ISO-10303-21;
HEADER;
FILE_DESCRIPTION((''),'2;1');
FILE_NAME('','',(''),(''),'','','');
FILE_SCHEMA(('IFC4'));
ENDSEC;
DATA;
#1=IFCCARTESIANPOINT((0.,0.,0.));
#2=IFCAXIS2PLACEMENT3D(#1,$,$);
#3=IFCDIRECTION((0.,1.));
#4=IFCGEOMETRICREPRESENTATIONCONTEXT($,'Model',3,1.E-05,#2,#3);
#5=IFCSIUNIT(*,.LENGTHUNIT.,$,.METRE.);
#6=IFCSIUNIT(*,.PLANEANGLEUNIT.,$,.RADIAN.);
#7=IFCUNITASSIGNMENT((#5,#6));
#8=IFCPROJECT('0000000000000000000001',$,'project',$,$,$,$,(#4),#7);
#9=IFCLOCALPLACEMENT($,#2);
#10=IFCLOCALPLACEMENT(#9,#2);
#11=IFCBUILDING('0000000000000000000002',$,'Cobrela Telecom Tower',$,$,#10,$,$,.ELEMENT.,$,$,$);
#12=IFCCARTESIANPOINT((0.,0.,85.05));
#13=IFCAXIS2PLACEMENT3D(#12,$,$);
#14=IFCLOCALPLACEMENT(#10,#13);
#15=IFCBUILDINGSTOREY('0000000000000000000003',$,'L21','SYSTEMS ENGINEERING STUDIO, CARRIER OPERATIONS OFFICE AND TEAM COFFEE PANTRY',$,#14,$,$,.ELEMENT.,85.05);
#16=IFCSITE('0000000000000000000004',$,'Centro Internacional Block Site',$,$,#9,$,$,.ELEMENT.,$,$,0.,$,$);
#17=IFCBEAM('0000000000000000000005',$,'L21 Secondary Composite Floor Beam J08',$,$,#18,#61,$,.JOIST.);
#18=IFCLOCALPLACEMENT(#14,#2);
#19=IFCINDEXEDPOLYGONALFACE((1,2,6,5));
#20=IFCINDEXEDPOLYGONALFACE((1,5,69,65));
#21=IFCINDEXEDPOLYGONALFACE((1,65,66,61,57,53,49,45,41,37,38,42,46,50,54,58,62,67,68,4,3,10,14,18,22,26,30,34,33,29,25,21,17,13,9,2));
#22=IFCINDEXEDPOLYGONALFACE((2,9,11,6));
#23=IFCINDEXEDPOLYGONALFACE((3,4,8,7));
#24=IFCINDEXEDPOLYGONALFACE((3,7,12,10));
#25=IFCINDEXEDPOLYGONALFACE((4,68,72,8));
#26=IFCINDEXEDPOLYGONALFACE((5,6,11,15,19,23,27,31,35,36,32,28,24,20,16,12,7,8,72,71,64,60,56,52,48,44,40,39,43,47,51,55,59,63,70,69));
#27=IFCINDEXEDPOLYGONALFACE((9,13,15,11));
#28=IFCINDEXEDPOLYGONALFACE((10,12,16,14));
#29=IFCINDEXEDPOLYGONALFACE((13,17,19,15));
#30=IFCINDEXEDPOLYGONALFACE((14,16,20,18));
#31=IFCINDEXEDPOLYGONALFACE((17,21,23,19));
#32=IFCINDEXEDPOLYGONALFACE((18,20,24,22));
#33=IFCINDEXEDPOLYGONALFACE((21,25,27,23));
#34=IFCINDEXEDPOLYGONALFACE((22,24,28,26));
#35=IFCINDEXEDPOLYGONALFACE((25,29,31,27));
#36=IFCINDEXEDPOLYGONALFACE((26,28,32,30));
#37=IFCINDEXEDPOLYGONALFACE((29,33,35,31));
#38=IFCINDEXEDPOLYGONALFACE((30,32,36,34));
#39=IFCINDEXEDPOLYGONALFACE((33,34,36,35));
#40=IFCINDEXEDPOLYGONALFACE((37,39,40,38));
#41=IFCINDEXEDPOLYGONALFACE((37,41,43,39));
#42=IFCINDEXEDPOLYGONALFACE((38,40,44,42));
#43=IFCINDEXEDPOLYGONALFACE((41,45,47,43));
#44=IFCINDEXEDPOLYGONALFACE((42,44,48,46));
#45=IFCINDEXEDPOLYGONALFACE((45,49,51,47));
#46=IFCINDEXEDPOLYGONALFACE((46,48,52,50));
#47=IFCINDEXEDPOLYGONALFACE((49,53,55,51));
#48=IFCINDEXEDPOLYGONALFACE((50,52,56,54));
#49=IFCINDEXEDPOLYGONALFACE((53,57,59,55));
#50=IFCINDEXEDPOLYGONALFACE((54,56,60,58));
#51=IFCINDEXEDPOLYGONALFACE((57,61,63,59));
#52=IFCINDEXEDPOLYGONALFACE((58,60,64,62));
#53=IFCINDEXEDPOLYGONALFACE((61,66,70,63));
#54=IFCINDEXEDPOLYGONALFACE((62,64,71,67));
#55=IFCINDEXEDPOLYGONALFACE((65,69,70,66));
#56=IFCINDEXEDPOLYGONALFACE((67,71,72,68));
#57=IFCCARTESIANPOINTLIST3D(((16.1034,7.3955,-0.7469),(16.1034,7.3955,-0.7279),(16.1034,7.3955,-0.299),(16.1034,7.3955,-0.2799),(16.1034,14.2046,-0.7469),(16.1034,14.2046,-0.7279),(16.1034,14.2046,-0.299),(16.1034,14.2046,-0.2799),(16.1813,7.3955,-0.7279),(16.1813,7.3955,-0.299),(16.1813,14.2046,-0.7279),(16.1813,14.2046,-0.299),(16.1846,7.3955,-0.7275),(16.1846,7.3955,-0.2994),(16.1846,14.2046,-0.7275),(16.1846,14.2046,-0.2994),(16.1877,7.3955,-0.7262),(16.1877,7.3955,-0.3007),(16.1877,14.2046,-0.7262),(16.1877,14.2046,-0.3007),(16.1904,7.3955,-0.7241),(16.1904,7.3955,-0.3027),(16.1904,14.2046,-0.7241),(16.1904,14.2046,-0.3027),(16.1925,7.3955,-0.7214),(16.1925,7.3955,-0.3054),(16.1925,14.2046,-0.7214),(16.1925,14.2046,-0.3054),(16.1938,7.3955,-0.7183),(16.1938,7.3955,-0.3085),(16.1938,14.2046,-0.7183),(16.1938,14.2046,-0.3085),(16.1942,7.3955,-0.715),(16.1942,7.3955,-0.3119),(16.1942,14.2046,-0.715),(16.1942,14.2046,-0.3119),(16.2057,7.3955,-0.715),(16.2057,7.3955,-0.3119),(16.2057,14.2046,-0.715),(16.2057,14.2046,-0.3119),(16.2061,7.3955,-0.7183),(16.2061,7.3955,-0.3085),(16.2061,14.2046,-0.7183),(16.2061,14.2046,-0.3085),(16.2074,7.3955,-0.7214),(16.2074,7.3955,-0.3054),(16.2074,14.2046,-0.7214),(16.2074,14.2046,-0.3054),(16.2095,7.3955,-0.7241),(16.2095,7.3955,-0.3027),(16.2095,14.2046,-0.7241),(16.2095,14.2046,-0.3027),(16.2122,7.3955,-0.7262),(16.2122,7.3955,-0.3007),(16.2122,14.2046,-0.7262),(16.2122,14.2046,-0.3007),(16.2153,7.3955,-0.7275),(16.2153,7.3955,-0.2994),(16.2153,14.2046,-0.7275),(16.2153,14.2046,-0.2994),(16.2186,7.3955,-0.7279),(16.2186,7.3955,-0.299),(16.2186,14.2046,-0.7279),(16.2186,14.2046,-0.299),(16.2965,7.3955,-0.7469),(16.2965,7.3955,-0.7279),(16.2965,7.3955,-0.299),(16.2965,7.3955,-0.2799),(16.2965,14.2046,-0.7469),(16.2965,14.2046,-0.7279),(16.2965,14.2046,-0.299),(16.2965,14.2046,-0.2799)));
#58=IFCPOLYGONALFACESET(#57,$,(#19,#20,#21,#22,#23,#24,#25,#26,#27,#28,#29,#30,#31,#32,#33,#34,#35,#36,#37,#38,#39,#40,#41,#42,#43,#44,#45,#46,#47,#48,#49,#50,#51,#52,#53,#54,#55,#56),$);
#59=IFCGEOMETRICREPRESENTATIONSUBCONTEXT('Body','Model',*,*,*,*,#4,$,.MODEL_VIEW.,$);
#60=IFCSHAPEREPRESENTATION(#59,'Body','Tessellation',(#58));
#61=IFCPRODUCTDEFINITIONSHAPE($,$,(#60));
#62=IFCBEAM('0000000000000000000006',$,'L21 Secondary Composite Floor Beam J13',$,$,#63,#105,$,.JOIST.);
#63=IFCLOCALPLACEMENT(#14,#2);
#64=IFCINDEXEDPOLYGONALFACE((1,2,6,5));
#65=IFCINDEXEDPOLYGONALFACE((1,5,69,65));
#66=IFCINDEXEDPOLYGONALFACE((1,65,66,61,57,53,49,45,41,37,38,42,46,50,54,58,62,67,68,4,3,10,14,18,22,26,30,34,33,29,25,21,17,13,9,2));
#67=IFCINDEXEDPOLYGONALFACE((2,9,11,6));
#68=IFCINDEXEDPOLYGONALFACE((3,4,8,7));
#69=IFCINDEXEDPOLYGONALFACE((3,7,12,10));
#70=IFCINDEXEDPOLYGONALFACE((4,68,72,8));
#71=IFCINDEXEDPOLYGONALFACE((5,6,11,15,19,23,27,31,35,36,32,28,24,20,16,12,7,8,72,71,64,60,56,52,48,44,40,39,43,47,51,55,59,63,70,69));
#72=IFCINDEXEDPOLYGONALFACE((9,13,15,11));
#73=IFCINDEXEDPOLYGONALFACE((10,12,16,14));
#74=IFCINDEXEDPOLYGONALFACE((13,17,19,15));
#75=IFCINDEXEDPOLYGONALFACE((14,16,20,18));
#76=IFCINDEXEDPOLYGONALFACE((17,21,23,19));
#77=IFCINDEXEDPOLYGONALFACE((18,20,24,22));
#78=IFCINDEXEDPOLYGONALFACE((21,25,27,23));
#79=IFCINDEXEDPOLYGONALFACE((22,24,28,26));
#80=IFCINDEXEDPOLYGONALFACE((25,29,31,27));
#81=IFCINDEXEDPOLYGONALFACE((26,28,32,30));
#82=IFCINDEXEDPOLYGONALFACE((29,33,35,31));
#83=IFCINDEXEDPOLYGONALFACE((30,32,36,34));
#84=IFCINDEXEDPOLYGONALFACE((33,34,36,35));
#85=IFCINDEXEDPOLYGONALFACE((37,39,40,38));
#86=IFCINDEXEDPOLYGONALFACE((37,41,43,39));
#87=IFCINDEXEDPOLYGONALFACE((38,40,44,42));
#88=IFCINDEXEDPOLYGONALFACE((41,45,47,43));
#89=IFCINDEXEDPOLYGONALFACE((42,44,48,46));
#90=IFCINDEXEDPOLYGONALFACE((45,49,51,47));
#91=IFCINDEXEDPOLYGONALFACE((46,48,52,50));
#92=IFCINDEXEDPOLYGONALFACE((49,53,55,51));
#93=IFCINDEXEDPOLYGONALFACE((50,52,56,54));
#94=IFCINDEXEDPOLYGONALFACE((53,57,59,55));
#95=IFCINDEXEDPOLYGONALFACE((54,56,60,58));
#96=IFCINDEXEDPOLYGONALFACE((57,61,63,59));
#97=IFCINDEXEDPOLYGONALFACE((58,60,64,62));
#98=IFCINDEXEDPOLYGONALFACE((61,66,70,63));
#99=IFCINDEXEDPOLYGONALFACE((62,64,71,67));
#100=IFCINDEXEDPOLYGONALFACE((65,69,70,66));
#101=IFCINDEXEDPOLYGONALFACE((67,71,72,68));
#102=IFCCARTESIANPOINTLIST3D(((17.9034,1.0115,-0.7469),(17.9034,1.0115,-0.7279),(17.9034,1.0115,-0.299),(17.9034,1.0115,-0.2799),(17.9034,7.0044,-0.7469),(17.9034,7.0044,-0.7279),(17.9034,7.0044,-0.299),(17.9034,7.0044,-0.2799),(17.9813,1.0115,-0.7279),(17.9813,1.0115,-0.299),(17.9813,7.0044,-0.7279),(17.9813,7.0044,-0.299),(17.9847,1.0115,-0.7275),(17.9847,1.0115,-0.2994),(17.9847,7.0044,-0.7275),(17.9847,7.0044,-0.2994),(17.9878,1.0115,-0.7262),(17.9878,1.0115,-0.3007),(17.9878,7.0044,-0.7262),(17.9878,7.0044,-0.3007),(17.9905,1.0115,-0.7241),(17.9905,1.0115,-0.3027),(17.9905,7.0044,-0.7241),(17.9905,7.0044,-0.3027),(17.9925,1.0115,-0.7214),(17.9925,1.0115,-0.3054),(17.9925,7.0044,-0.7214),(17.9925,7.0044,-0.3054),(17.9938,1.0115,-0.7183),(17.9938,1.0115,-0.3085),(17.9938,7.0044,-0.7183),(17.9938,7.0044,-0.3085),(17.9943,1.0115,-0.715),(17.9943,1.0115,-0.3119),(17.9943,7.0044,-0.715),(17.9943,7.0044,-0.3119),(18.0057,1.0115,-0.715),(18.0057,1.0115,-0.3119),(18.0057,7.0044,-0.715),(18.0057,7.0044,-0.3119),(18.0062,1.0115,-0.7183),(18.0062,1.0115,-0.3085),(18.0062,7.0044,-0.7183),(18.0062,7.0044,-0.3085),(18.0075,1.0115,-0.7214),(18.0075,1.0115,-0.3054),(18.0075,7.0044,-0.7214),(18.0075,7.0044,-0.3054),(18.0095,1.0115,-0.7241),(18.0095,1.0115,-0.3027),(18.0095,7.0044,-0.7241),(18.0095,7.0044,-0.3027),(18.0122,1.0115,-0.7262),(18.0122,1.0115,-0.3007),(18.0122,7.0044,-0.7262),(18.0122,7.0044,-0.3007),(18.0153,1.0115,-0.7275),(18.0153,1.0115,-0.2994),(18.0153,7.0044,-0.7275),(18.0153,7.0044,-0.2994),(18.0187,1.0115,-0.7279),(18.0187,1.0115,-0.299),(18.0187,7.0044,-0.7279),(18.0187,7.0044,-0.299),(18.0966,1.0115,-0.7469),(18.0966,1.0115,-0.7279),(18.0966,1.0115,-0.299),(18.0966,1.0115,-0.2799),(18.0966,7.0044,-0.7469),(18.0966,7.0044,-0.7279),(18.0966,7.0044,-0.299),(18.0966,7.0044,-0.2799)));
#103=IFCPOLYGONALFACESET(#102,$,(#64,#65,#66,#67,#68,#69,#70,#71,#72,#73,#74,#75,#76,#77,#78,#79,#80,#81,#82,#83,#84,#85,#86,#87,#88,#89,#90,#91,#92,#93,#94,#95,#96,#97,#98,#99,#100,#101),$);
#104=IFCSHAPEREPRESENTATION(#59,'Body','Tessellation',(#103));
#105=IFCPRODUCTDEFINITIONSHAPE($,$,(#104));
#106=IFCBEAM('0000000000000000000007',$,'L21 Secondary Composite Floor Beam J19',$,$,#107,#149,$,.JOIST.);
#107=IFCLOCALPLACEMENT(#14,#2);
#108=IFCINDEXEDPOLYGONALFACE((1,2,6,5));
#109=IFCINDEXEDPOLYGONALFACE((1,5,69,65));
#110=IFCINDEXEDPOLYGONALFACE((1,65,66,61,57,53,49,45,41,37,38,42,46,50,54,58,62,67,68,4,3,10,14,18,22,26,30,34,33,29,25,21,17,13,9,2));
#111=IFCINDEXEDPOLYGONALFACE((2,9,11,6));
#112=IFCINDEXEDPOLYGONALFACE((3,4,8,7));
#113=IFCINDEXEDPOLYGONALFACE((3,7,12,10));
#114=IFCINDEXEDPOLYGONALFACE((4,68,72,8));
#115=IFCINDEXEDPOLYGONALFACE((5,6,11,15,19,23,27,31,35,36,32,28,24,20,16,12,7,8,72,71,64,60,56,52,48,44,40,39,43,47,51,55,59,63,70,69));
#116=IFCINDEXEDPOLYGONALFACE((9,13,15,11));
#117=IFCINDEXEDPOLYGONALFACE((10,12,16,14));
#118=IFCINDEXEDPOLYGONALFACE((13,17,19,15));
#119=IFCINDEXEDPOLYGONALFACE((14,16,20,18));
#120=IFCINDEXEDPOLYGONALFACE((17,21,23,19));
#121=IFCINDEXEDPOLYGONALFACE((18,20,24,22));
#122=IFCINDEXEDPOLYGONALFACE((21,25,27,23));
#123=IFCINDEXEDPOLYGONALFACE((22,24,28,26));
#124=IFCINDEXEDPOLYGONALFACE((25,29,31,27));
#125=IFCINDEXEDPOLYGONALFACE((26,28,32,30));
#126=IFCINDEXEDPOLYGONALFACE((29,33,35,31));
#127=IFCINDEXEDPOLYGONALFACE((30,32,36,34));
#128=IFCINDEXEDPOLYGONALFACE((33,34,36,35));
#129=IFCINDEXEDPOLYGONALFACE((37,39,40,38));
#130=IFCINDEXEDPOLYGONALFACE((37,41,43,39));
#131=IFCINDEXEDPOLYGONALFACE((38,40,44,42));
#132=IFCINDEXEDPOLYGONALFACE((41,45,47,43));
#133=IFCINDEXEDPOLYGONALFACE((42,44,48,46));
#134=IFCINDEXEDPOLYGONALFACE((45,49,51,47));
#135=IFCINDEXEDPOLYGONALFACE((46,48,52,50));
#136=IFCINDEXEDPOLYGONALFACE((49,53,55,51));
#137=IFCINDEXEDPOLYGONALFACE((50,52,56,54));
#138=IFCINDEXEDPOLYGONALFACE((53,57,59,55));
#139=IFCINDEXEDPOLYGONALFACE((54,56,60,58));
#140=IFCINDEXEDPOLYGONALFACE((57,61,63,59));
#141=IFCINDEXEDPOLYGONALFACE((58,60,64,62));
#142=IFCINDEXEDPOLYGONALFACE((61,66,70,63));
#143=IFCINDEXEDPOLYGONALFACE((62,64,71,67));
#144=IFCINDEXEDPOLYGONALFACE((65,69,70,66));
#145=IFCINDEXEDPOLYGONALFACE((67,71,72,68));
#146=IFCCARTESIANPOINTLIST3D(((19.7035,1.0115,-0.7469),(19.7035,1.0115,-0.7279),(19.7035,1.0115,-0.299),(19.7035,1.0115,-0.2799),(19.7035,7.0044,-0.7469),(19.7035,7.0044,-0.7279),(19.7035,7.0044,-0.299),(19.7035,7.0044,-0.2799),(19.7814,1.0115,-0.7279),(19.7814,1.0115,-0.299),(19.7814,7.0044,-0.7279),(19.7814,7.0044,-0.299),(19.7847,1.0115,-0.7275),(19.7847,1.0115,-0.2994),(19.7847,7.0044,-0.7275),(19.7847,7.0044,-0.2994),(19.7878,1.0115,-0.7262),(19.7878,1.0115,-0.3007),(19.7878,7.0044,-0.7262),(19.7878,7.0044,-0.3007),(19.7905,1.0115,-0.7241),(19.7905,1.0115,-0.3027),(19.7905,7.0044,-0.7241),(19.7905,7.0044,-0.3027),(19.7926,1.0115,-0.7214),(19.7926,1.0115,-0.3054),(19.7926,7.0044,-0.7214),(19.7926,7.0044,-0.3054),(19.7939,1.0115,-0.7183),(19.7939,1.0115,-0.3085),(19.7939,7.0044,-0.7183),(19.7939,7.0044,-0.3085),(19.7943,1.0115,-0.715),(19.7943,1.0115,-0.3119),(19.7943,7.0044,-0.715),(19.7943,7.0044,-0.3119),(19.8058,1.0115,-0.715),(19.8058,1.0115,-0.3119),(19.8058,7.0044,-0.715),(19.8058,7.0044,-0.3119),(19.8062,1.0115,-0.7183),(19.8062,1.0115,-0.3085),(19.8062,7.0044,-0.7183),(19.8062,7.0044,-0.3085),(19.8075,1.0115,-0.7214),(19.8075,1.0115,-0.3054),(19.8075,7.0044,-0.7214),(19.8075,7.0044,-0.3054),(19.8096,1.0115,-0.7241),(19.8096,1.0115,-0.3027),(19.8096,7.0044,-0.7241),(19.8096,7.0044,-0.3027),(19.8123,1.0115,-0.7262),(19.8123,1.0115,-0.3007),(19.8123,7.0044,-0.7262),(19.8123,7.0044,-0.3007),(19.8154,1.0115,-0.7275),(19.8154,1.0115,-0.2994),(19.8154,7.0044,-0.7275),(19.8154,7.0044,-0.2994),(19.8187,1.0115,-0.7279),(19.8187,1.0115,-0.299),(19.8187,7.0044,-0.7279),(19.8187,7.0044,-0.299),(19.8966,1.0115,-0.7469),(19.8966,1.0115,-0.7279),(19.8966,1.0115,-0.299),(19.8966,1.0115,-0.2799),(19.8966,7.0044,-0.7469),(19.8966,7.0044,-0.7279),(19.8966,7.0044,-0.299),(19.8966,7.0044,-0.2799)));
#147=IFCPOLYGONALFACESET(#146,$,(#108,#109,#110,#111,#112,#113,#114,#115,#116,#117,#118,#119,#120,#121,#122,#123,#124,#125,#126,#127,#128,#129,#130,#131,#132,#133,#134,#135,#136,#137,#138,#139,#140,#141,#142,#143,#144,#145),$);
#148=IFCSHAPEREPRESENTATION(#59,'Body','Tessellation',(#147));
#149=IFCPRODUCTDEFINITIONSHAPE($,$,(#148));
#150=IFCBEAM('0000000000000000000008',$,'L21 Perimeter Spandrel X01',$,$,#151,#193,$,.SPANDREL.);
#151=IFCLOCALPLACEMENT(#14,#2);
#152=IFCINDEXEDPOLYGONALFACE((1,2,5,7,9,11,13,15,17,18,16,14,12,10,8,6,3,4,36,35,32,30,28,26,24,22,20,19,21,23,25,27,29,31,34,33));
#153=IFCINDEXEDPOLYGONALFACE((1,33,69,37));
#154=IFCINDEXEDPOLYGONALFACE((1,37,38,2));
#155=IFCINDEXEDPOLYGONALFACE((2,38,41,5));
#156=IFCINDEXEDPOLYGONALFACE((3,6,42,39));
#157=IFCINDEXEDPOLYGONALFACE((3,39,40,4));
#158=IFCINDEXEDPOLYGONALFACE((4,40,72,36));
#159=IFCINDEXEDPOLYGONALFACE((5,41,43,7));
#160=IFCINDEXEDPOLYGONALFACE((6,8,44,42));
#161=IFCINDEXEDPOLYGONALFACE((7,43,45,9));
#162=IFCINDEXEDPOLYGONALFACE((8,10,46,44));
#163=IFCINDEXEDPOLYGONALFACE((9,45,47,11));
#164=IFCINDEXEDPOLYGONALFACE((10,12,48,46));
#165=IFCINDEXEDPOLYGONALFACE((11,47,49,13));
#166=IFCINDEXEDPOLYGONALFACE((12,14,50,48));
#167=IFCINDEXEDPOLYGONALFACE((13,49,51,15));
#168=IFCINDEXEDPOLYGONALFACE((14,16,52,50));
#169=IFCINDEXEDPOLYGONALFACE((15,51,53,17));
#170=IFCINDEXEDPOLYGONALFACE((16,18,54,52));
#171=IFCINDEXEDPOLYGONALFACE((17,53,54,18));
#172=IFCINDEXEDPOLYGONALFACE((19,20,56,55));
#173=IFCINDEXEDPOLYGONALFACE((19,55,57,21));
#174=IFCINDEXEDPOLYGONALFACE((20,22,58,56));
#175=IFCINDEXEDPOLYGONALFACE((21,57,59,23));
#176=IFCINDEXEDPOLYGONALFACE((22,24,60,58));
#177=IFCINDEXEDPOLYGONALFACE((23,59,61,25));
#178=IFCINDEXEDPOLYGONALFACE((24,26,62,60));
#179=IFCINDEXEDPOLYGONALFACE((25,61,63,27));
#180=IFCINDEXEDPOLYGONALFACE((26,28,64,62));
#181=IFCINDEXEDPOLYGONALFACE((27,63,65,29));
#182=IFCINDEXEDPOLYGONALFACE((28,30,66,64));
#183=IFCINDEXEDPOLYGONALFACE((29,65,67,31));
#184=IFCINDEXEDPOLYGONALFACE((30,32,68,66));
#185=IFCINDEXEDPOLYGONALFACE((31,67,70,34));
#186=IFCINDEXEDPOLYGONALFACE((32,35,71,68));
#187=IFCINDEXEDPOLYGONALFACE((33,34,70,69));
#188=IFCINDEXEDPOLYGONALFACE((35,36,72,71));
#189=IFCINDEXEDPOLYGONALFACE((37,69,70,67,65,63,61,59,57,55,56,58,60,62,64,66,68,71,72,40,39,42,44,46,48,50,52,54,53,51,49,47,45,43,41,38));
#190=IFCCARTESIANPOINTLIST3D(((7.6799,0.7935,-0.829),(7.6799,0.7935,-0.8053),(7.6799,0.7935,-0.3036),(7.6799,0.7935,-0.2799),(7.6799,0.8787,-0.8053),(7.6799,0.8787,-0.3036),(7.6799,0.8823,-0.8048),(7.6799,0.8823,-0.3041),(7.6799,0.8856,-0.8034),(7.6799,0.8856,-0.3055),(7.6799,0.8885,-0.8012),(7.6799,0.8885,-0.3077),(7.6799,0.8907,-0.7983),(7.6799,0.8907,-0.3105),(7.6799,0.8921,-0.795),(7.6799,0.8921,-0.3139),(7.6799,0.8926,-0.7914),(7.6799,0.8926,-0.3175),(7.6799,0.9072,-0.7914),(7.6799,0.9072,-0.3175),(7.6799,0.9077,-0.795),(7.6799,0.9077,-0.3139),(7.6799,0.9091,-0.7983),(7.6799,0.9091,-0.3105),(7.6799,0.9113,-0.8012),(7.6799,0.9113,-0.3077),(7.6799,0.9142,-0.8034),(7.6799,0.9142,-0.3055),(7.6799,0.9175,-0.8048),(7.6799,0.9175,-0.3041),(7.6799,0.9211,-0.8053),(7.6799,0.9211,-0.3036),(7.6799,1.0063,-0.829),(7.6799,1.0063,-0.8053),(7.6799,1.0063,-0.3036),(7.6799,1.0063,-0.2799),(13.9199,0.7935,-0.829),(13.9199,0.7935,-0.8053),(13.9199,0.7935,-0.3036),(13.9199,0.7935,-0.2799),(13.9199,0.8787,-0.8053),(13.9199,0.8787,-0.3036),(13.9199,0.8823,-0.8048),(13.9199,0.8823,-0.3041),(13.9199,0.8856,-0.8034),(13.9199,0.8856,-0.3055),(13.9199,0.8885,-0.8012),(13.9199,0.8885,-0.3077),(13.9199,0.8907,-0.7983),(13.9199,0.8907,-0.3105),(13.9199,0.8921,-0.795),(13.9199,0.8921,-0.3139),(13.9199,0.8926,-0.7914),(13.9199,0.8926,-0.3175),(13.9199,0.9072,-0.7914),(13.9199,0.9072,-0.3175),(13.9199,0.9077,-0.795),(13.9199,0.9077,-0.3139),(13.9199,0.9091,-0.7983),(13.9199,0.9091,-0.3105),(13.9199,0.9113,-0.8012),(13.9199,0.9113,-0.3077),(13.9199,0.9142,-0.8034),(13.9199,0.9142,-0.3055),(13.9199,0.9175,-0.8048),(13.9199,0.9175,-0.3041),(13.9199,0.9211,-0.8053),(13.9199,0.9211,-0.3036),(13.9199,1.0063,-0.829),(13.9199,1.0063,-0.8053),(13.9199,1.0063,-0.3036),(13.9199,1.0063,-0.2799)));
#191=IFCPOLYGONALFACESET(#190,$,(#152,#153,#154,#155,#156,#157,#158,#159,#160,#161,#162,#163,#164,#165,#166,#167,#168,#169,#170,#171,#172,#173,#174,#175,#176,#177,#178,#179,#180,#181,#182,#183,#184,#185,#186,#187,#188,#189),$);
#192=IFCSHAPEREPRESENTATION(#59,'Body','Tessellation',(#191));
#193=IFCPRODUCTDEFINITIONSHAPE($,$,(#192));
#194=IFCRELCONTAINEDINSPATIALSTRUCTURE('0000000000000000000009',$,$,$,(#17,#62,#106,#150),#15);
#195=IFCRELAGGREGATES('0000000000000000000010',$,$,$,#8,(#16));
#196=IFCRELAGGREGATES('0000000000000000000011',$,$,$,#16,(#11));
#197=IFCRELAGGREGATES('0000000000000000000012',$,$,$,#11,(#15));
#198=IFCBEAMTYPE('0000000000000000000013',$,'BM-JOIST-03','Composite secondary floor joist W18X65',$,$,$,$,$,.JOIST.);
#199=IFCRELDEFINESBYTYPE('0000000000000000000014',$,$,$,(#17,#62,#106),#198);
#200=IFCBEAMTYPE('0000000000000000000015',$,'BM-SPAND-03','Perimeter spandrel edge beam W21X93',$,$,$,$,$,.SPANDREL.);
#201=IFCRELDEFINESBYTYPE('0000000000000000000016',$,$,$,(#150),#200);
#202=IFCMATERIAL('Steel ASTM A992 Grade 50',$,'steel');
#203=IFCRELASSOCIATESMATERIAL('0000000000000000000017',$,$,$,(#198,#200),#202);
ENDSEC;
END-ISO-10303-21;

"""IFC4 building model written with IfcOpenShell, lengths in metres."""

from ifc_helpers import new_model, si_unit, direction, frame, origin, origin_2d, place, context, subcontext, project, spatial, i_section, extrude, material, material_profile, profile_set, type_object, element, save


model = new_model("IFC4")

# Units and contexts
model_context = context("Model", 3, precision=1e-05, world=origin(), true_north=direction((0.0, 1.0)))
body_context = subcontext(model_context, "Body", "Model", "MODEL_VIEW")
ifc_project = project(units=[si_unit("LENGTHUNIT", "METRE"), si_unit("PLANEANGLEUNIT", "RADIAN")], contexts=[model_context])

# Site, building, storey
site_placement = place(None, origin())
site = spatial("IfcSite", under=ifc_project, at=site_placement, Name="Centro Internacional Block Site", CompositionType="ELEMENT", RefElevation=0.0)
building_placement = place(site_placement, origin())
building = spatial("IfcBuilding", under=site, at=building_placement, Name="Cobrela Telecom Tower", CompositionType="ELEMENT")
storey_placement = place(building_placement, frame((0.0, 0.0, 85.05)))
storey = spatial("IfcBuildingStorey", under=building, at=storey_placement, Name="L21", Description="SYSTEMS ENGINEERING STUDIO, CARRIER OPERATIONS OFFICE AND TEAM COFFEE PANTRY", CompositionType="ELEMENT", Elevation=85.05)

# Beams
ifc_material_1 = material(Name="Steel ASTM A992 Grade 50", Category="steel")
ifc_material_profile_1 = material_profile(ifc_material_1, i_section(OverallWidth=0.1931, OverallDepth=0.467, WebThickness=0.0115, FlangeThickness=0.019, FilletRadius=0.0129, at=origin_2d()), Name="W18X65")
ifc_profile_set_1 = profile_set([ifc_material_profile_1], Name="Steel ASTM A992 Grade 50")
beam_type_1 = type_object("IfcBeamType", Name="BM-JOIST-03", Description="Composite secondary floor joist W18X65", PredefinedType="JOIST", material=ifc_profile_set_1)
beam_1_placement = place(storey_placement, frame((16.2, 7.3955, -0.5134), z_axis=(0.0, 1.0, 0.0), x_axis=(-1.0, 0.0, 0.0)))
element("IfcBeam", 1, at=beam_1_placement, inside=storey, type_object=beam_type_1, Name="L21 Secondary Composite Floor Beam J08", PredefinedType="JOIST", context=body_context, shape_type="SweptSolid", body=[
    extrude(i_section(OverallWidth=0.1931, OverallDepth=0.467, WebThickness=0.0115, FlangeThickness=0.019, FilletRadius=0.0129, at=origin_2d()), origin(), (0.0, 0.0, 1.0), 6.8091),
])
for number, where, z_axis, x_axis, name in (
    (2, (18.0, 1.0115, -0.5134), (0.0, 1.0, 0.0), (-1.0, 0.0, 0.0), "L21 Secondary Composite Floor Beam J13"),
    (3, (19.8, 1.0115, -0.5134), (0.0, 1.0, 0.0), (-1.0, 0.0, 0.0), "L21 Secondary Composite Floor Beam J19"),
):
    element("IfcBeam", number, at=place(storey_placement, frame(where, z_axis=z_axis, x_axis=x_axis)), inside=storey, type_object=beam_type_1, Name=name, PredefinedType="JOIST", context=body_context, shape_type="SweptSolid", body=[
        extrude(i_section(OverallWidth=0.1931, OverallDepth=0.467, WebThickness=0.0115, FlangeThickness=0.019, FilletRadius=0.0129, at=origin_2d()), origin(), (0.0, 0.0, 1.0), 5.9929),
    ])
ifc_material_profile_2 = material_profile(ifc_material_1, i_section(OverallWidth=0.2129, OverallDepth=0.5491, WebThickness=0.0146, FlangeThickness=0.0237, FilletRadius=0.0139, at=origin_2d()), Name="W21X93")
ifc_profile_set_2 = profile_set([ifc_material_profile_2], Name="Steel ASTM A992 Grade 50")
beam_type_2 = type_object("IfcBeamType", Name="BM-SPAND-03", Description="Perimeter spandrel edge beam W21X93", PredefinedType="SPANDREL", material=ifc_profile_set_2)
beam_2_placement = place(storey_placement, frame((7.6799, 0.8999, -0.5544), z_axis=(1.0, 0.0, 0.0), x_axis=(0.0, 1.0, 0.0)))
element("IfcBeam", 4, at=beam_2_placement, inside=storey, type_object=beam_type_2, Name="L21 Perimeter Spandrel X01", PredefinedType="SPANDREL", context=body_context, shape_type="SweptSolid", body=[
    extrude(i_section(OverallWidth=0.2129, OverallDepth=0.5491, WebThickness=0.0146, FlangeThickness=0.0237, FilletRadius=0.0139, at=origin_2d()), origin(), (0.0, 0.0, 1.0), 6.24),
])

save(model, "model.ifc")
